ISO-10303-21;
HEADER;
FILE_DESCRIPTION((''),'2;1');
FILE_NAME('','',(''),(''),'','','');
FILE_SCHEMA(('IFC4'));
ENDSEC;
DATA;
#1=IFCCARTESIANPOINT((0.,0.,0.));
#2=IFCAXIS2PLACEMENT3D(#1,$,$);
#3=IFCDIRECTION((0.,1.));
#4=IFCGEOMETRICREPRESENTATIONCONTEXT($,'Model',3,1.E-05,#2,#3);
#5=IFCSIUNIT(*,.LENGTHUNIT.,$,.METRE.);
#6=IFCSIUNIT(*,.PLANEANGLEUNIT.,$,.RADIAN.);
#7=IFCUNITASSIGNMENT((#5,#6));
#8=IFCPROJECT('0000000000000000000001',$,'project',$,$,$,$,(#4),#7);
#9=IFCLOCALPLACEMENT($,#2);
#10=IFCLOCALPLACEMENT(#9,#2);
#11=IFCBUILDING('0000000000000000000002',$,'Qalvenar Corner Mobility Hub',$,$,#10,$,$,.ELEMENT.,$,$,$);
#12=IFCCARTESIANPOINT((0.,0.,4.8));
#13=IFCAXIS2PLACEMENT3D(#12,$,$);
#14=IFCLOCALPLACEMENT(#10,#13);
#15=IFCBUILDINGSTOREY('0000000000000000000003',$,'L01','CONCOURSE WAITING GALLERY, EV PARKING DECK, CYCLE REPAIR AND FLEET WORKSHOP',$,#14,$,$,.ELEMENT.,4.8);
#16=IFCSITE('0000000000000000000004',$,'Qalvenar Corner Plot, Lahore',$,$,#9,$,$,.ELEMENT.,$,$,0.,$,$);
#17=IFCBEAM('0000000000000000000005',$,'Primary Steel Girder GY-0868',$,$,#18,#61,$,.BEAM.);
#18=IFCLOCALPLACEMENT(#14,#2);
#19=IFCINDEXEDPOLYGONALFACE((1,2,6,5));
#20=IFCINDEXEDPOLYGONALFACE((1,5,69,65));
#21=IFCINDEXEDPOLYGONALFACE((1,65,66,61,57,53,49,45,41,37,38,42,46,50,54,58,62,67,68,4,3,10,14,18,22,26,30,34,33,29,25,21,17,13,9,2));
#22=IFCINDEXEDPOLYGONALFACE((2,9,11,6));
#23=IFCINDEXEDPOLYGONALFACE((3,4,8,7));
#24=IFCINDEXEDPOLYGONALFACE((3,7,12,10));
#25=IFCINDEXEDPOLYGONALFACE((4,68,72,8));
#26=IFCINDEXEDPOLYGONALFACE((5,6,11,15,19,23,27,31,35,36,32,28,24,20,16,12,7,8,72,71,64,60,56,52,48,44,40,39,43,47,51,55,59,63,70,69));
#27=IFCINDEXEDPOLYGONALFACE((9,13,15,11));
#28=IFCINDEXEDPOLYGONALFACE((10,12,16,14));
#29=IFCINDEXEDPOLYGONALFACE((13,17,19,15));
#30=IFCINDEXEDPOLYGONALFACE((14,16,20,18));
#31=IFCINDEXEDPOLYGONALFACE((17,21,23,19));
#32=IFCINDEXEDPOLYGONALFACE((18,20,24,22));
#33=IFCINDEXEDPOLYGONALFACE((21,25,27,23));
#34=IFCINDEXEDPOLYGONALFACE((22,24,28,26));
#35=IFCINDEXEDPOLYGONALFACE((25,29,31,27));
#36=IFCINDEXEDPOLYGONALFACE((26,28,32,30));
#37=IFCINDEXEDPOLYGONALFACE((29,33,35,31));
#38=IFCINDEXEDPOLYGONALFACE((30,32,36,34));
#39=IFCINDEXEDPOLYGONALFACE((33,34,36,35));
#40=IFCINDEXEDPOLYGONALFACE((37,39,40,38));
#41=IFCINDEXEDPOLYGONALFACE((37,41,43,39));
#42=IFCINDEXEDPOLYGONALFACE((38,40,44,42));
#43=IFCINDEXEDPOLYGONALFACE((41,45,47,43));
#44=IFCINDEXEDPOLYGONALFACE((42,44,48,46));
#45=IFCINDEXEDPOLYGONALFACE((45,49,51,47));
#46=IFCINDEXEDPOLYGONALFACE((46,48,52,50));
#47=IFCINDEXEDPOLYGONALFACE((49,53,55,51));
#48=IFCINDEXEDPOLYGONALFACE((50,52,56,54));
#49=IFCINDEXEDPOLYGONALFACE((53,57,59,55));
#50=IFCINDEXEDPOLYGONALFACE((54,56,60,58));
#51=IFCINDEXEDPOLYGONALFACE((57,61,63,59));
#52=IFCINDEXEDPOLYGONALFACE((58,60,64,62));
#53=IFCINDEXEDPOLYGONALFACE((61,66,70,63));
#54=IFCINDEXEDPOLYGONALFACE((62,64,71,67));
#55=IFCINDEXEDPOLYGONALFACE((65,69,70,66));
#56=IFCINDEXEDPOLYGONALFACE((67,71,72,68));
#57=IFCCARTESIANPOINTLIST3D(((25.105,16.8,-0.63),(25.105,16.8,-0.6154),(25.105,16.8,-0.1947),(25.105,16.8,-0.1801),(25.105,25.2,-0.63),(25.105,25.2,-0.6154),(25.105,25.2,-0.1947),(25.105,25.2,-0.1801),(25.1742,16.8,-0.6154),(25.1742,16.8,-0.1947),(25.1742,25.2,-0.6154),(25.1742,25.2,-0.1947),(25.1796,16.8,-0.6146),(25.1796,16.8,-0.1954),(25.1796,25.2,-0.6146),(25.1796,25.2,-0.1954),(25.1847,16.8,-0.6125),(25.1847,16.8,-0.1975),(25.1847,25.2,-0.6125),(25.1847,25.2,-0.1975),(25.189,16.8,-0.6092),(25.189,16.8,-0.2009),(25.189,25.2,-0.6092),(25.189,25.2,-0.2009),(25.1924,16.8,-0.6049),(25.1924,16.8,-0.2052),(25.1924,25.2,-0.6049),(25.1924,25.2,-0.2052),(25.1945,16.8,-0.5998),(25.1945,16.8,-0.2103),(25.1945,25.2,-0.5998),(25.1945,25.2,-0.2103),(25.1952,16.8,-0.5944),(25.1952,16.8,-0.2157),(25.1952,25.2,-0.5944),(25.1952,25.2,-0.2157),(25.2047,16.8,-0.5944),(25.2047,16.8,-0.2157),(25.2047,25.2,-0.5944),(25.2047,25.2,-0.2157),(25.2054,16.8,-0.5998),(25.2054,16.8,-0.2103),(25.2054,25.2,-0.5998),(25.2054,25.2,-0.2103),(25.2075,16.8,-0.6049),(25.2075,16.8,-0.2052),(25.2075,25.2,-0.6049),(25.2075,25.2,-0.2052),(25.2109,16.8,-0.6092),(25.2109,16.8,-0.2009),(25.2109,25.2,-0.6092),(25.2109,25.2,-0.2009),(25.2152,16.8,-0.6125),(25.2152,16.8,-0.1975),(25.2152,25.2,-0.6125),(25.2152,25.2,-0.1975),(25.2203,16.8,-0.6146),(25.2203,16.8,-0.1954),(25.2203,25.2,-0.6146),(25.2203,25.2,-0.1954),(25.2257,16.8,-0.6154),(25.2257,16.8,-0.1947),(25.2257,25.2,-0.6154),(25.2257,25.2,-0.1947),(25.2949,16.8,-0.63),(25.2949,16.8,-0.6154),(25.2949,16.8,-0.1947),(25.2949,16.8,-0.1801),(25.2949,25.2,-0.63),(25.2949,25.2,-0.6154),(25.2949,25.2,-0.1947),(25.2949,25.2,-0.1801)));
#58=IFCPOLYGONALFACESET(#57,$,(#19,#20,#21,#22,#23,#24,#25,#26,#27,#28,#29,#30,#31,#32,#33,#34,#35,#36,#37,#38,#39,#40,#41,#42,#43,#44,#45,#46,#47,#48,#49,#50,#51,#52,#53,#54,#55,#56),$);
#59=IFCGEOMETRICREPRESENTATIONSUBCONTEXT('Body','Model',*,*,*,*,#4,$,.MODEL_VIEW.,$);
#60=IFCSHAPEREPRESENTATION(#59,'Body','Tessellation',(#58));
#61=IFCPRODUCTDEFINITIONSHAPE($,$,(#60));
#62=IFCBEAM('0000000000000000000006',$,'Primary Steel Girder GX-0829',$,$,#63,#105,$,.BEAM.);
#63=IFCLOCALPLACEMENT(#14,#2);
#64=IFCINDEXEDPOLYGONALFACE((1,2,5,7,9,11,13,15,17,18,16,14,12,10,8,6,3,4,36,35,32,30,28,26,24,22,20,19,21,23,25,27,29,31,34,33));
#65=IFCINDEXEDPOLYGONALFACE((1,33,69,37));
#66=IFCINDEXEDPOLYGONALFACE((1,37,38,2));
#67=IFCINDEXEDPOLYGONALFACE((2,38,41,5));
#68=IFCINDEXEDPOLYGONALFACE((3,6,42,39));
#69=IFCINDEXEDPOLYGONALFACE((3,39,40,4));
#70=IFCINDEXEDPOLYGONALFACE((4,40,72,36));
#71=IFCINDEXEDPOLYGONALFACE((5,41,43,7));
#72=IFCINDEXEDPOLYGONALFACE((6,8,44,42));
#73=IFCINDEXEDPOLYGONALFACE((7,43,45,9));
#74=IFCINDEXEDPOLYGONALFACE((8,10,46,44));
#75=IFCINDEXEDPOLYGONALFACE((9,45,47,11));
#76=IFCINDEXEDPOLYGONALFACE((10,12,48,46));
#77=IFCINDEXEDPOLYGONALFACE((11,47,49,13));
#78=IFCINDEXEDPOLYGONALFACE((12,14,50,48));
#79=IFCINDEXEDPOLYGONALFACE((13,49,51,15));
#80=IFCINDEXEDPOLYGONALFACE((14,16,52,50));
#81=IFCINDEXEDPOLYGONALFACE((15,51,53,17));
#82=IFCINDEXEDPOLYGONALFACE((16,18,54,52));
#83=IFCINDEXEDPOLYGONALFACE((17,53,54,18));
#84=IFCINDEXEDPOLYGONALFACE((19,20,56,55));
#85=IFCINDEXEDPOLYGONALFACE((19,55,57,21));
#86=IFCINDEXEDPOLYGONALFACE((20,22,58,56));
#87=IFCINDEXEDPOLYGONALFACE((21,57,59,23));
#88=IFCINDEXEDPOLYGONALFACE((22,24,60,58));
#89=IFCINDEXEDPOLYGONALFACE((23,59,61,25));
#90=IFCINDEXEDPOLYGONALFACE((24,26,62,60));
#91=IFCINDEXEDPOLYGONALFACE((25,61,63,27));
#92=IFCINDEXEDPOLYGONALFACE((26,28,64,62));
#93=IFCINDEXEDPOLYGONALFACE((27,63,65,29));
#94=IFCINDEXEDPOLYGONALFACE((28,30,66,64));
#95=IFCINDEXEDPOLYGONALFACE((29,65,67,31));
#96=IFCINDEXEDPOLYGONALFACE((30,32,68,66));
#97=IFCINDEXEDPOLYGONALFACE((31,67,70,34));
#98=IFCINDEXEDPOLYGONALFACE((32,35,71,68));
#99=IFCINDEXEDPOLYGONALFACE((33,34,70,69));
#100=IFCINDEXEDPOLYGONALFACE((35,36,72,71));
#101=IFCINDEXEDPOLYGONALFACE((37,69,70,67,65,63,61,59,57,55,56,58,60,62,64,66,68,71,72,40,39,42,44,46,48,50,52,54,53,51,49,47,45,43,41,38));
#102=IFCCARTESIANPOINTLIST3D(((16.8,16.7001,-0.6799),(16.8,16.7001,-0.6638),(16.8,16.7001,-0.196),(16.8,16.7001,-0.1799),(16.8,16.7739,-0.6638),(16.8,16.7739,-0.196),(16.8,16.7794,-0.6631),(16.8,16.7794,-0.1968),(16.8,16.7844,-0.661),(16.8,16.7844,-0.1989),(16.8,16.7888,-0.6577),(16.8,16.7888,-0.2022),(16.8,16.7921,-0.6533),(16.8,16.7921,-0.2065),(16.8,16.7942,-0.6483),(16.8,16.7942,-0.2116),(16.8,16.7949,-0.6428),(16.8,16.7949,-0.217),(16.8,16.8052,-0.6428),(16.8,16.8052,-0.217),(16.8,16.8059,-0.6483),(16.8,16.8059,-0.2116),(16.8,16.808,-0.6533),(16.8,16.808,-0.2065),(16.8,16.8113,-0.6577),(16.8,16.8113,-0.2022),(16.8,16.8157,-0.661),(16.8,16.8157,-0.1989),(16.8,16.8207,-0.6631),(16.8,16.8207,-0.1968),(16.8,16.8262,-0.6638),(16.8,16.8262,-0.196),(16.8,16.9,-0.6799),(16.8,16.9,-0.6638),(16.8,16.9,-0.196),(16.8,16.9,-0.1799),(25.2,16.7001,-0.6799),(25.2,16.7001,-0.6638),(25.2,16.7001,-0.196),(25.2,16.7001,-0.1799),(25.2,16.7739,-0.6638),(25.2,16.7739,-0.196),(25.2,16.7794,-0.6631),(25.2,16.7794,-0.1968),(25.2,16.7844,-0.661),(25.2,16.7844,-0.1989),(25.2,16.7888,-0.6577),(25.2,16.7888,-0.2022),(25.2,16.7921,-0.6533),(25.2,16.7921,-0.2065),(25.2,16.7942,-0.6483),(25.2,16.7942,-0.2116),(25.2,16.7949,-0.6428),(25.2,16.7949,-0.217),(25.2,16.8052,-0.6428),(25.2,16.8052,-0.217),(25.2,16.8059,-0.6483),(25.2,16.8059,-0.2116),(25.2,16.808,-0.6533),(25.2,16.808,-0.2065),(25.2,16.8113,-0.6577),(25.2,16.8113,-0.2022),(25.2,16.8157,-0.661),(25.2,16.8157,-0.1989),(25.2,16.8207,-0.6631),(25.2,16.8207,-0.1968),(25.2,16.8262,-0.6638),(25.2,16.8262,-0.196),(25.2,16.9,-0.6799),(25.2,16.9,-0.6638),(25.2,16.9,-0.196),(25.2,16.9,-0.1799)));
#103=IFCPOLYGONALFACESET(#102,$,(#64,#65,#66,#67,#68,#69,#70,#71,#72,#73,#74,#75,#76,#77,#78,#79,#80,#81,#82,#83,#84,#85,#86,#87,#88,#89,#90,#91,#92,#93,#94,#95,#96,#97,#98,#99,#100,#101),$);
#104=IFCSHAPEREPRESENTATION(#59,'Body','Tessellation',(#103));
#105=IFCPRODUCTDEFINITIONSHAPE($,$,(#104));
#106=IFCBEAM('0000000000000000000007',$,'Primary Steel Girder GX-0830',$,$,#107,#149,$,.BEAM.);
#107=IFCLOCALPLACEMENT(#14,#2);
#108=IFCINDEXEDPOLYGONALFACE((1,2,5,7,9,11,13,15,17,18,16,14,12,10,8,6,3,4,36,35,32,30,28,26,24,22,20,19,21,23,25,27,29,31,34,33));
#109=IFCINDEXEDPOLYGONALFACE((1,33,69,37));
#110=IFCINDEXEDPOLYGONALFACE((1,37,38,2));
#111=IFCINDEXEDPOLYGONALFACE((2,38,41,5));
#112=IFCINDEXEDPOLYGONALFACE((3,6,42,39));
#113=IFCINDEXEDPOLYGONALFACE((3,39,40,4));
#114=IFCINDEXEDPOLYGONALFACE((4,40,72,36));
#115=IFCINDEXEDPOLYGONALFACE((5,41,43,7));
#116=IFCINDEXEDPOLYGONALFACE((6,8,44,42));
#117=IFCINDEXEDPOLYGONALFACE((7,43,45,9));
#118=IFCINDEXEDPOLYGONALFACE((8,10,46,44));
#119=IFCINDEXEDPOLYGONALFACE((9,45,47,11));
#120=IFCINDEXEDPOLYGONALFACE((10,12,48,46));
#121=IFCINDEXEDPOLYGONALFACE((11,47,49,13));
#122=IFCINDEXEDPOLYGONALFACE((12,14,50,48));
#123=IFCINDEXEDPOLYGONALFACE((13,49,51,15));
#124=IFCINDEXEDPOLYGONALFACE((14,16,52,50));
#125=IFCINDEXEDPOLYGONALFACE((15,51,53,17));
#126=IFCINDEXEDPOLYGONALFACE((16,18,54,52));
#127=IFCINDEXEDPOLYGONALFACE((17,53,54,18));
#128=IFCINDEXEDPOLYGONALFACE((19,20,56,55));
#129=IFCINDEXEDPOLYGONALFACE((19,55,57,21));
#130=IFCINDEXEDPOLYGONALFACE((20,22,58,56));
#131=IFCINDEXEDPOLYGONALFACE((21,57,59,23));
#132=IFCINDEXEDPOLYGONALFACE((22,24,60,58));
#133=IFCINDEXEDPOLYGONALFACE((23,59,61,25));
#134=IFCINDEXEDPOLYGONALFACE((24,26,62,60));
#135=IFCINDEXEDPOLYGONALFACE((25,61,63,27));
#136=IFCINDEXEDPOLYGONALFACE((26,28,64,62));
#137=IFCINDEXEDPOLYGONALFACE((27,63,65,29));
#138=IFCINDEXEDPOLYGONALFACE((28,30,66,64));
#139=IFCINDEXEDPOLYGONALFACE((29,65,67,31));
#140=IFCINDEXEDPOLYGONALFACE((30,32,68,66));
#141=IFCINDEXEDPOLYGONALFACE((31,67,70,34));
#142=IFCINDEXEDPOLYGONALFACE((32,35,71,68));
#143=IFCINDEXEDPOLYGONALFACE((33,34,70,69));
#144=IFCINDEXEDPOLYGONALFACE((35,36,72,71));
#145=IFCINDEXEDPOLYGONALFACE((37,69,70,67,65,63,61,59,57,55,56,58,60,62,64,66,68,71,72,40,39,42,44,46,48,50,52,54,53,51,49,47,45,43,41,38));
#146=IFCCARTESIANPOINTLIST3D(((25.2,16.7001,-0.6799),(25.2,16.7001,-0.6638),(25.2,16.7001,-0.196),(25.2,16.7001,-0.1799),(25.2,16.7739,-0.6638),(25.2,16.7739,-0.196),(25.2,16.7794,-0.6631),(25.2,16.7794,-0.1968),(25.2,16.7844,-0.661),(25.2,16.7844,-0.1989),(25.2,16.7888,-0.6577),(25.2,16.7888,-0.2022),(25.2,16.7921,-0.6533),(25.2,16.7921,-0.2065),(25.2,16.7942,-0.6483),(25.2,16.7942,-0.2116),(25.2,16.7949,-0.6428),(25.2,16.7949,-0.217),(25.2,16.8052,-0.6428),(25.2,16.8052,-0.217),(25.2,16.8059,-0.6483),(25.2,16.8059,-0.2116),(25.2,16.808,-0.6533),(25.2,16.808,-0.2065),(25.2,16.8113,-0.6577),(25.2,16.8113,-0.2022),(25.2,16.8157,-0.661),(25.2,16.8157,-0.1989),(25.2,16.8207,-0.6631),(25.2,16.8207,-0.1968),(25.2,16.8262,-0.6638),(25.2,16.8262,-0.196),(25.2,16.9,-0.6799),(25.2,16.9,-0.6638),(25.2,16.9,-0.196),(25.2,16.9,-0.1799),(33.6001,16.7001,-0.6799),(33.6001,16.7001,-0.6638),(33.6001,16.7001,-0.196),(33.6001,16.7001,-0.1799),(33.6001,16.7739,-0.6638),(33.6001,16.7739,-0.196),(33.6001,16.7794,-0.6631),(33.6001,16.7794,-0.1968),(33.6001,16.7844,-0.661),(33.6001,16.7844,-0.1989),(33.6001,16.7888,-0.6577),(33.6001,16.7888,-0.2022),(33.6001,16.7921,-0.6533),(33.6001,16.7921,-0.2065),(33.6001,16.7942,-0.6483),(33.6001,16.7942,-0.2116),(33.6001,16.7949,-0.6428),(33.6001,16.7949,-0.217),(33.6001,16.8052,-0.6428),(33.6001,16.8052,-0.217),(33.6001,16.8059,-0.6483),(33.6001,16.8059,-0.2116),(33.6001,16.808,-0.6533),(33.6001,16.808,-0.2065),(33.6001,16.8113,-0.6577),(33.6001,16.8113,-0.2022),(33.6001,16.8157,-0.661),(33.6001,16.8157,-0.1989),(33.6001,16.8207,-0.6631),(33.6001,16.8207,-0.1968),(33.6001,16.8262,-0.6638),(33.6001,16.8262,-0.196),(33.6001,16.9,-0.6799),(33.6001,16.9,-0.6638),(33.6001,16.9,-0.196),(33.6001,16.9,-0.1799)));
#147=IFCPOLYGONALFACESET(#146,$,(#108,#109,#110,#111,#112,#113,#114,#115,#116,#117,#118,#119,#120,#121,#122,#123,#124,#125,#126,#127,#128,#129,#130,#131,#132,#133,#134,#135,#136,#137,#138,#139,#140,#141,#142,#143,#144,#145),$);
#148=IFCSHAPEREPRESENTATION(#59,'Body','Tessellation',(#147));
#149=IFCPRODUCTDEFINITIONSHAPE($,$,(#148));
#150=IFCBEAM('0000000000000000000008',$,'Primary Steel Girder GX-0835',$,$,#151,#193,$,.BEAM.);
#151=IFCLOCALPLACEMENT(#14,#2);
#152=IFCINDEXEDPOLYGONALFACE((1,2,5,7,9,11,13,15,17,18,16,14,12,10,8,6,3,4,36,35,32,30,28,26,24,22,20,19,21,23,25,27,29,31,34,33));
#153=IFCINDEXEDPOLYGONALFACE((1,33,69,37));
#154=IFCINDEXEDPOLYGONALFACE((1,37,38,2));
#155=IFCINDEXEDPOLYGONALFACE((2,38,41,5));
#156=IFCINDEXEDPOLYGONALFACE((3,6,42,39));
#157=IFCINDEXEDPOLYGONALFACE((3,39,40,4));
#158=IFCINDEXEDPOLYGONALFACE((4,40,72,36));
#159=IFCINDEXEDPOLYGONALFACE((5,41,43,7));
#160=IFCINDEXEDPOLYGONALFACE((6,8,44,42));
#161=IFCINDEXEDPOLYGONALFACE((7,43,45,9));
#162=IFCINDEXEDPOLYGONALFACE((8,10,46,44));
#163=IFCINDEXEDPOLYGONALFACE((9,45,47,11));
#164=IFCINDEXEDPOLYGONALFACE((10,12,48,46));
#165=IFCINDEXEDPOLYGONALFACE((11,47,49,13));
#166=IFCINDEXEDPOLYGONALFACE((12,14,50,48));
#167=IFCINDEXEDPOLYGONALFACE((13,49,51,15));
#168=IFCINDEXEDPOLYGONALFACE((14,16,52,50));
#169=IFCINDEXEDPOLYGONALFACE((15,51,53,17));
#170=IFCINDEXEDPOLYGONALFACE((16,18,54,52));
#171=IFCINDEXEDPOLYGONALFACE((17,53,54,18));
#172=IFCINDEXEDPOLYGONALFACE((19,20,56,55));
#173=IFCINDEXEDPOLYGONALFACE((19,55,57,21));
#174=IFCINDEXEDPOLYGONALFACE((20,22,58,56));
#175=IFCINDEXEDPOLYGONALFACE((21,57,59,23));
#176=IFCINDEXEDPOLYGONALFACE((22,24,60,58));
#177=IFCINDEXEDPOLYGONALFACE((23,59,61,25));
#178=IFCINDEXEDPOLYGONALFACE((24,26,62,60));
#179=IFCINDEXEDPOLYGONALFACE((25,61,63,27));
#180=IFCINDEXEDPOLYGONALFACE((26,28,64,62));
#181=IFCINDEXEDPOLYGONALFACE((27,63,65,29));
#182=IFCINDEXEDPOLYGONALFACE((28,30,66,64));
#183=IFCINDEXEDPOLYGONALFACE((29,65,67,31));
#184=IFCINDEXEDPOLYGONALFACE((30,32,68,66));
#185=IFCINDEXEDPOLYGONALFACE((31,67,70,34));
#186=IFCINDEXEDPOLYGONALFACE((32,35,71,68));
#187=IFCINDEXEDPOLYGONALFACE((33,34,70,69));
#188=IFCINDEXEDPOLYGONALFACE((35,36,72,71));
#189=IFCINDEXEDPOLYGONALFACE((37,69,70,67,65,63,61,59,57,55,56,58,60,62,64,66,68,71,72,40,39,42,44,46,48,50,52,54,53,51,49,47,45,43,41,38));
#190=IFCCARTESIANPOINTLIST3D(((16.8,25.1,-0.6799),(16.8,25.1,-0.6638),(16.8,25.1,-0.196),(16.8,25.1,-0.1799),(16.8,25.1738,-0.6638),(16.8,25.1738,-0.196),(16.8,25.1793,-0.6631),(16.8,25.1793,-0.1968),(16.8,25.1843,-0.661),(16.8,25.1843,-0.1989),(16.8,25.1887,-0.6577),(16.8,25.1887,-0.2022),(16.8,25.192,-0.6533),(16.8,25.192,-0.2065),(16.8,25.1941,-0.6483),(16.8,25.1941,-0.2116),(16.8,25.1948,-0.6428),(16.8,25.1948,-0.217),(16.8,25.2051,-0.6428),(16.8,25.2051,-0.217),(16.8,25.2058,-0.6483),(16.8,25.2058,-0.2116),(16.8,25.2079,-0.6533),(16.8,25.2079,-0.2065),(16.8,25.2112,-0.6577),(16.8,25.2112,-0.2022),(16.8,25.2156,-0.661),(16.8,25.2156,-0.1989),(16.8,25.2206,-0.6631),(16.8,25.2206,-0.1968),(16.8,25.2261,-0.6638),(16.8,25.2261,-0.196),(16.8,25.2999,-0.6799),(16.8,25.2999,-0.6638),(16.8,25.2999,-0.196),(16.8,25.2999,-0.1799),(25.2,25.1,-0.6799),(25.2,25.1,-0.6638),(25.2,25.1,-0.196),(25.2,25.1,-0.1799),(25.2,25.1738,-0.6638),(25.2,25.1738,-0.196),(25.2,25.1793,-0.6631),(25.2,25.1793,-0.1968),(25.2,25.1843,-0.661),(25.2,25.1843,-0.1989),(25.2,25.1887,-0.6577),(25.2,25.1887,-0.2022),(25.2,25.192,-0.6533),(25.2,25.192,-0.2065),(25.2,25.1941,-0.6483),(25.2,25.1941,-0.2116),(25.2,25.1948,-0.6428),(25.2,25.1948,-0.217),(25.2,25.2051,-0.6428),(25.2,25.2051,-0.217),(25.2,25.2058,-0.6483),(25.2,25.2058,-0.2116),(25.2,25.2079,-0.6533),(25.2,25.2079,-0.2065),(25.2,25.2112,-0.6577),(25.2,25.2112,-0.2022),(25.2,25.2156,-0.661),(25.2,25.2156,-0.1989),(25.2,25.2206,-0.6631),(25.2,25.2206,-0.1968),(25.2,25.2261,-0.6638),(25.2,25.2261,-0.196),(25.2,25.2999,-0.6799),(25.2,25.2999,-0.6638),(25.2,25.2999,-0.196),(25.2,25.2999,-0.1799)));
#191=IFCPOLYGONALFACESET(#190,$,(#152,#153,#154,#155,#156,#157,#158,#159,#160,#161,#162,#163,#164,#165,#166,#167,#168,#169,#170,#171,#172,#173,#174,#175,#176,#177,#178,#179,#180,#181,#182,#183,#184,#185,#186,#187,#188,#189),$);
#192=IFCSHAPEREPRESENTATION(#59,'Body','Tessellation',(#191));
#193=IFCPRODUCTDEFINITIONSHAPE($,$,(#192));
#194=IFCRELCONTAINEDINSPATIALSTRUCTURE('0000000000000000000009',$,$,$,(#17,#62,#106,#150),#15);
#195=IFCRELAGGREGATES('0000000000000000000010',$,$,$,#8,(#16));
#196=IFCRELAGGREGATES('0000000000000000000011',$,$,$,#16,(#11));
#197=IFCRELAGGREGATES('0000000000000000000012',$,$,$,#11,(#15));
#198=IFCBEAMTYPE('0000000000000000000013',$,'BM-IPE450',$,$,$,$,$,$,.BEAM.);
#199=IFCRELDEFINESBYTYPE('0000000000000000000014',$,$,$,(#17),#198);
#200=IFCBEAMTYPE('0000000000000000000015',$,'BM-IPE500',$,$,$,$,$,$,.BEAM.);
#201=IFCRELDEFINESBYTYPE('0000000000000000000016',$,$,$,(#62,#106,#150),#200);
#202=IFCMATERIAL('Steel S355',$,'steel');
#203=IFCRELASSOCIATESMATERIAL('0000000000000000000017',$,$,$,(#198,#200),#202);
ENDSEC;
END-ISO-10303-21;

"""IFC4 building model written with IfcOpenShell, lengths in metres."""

from ifc_helpers import new_model, si_unit, direction, frame, origin, origin_2d, place, context, subcontext, project, spatial, i_section, extrude, material, material_profile, profile_set, type_object, element, save


model = new_model("IFC4")

# Units and contexts
model_context = context("Model", 3, precision=1e-05, world=origin(), true_north=direction((0.0, 1.0)))
body_context = subcontext(model_context, "Body", "Model", "MODEL_VIEW")
ifc_project = project(units=[si_unit("LENGTHUNIT", "METRE"), si_unit("PLANEANGLEUNIT", "RADIAN")], contexts=[model_context])

# Site, building, storey
site_placement = place(None, origin())
site = spatial("IfcSite", under=ifc_project, at=site_placement, Name="Qalvenar Corner Plot, Lahore", CompositionType="ELEMENT", RefElevation=0.0)
building_placement = place(site_placement, origin())
building = spatial("IfcBuilding", under=site, at=building_placement, Name="Qalvenar Corner Mobility Hub", CompositionType="ELEMENT")
storey_placement = place(building_placement, frame((0.0, 0.0, 4.8)))
storey = spatial("IfcBuildingStorey", under=building, at=storey_placement, Name="L01", Description="CONCOURSE WAITING GALLERY, EV PARKING DECK, CYCLE REPAIR AND FLEET WORKSHOP", CompositionType="ELEMENT", Elevation=4.8)

# Shared definitions
ifc_material_1 = material(Name="Steel S355", Category="steel")

# Beams
ifc_material_profile_1 = material_profile(ifc_material_1, i_section(OverallWidth=0.1899, OverallDepth=0.45, WebThickness=0.0095, FlangeThickness=0.0146, FilletRadius=0.021, at=origin_2d()), Name="IPE450")
ifc_profile_set_1 = profile_set([ifc_material_profile_1], Name="Steel S355")
beam_type_1 = type_object("IfcBeamType", Name="BM-IPE450", PredefinedType="BEAM", material=ifc_profile_set_1)
for number, where, z_axis, x_axis, name in (
    (1, (25.2, 16.8, -0.405), (0.0, 1.0, 0.0), (-1.0, 0.0, 0.0), "Primary Steel Girder GY-0868"),
):
    element("IfcBeam", number, at=place(storey_placement, frame(where, z_axis=z_axis, x_axis=x_axis)), inside=storey, type_object=beam_type_1, Name=name, PredefinedType="BEAM", context=body_context, shape_type="SweptSolid", body=[
        extrude(i_section(OverallWidth=0.1899, OverallDepth=0.45, WebThickness=0.0095, FlangeThickness=0.0146, FilletRadius=0.021, at=origin_2d()), origin(), (0.0, 0.0, 1.0), 8.3999),
    ])
ifc_material_profile_2 = material_profile(ifc_material_1, i_section(OverallWidth=0.2, OverallDepth=0.5, WebThickness=0.0103, FlangeThickness=0.0161, FilletRadius=0.021, at=origin_2d()), Name="IPE500")
ifc_profile_set_2 = profile_set([ifc_material_profile_2], Name="Steel S355")
beam_type_2 = type_object("IfcBeamType", Name="BM-IPE500", PredefinedType="BEAM", material=ifc_profile_set_2)
beam_1_placement = place(storey_placement, frame((16.8, 16.8, -0.4299), z_axis=(1.0, 0.0, 0.0), x_axis=(0.0, 1.0, 0.0)))
element("IfcBeam", 2, at=beam_1_placement, inside=storey, type_object=beam_type_2, Name="Primary Steel Girder GX-0829", PredefinedType="BEAM", context=body_context, shape_type="SweptSolid", body=[
    extrude(i_section(OverallWidth=0.2, OverallDepth=0.5, WebThickness=0.0103, FlangeThickness=0.0161, FilletRadius=0.021, at=origin_2d()), origin(), (0.0, 0.0, 1.0), 8.3999),
])
beam_2_placement = place(storey_placement, frame((25.2, 16.8, -0.4299), z_axis=(1.0, 0.0, 0.0), x_axis=(0.0, 1.0, 0.0)))
element("IfcBeam", 3, at=beam_2_placement, inside=storey, type_object=beam_type_2, Name="Primary Steel Girder GX-0830", PredefinedType="BEAM", context=body_context, shape_type="SweptSolid", body=[
    extrude(i_section(OverallWidth=0.2, OverallDepth=0.5, WebThickness=0.0103, FlangeThickness=0.0161, FilletRadius=0.021, at=origin_2d()), origin(), (0.0, 0.0, 1.0), 8.4001),
])
for number, where, z_axis, x_axis, name in (
    (4, (16.8, 25.2, -0.4299), (1.0, 0.0, 0.0), (0.0, 1.0, 0.0), "Primary Steel Girder GX-0835"),
):
    element("IfcBeam", number, at=place(storey_placement, frame(where, z_axis=z_axis, x_axis=x_axis)), inside=storey, type_object=beam_type_2, Name=name, PredefinedType="BEAM", context=body_context, shape_type="SweptSolid", body=[
        extrude(i_section(OverallWidth=0.2, OverallDepth=0.5, WebThickness=0.0103, FlangeThickness=0.0161, FilletRadius=0.021, at=origin_2d()), origin(), (0.0, 0.0, 1.0), 8.3999),
    ])

save(model, "model.ifc")
